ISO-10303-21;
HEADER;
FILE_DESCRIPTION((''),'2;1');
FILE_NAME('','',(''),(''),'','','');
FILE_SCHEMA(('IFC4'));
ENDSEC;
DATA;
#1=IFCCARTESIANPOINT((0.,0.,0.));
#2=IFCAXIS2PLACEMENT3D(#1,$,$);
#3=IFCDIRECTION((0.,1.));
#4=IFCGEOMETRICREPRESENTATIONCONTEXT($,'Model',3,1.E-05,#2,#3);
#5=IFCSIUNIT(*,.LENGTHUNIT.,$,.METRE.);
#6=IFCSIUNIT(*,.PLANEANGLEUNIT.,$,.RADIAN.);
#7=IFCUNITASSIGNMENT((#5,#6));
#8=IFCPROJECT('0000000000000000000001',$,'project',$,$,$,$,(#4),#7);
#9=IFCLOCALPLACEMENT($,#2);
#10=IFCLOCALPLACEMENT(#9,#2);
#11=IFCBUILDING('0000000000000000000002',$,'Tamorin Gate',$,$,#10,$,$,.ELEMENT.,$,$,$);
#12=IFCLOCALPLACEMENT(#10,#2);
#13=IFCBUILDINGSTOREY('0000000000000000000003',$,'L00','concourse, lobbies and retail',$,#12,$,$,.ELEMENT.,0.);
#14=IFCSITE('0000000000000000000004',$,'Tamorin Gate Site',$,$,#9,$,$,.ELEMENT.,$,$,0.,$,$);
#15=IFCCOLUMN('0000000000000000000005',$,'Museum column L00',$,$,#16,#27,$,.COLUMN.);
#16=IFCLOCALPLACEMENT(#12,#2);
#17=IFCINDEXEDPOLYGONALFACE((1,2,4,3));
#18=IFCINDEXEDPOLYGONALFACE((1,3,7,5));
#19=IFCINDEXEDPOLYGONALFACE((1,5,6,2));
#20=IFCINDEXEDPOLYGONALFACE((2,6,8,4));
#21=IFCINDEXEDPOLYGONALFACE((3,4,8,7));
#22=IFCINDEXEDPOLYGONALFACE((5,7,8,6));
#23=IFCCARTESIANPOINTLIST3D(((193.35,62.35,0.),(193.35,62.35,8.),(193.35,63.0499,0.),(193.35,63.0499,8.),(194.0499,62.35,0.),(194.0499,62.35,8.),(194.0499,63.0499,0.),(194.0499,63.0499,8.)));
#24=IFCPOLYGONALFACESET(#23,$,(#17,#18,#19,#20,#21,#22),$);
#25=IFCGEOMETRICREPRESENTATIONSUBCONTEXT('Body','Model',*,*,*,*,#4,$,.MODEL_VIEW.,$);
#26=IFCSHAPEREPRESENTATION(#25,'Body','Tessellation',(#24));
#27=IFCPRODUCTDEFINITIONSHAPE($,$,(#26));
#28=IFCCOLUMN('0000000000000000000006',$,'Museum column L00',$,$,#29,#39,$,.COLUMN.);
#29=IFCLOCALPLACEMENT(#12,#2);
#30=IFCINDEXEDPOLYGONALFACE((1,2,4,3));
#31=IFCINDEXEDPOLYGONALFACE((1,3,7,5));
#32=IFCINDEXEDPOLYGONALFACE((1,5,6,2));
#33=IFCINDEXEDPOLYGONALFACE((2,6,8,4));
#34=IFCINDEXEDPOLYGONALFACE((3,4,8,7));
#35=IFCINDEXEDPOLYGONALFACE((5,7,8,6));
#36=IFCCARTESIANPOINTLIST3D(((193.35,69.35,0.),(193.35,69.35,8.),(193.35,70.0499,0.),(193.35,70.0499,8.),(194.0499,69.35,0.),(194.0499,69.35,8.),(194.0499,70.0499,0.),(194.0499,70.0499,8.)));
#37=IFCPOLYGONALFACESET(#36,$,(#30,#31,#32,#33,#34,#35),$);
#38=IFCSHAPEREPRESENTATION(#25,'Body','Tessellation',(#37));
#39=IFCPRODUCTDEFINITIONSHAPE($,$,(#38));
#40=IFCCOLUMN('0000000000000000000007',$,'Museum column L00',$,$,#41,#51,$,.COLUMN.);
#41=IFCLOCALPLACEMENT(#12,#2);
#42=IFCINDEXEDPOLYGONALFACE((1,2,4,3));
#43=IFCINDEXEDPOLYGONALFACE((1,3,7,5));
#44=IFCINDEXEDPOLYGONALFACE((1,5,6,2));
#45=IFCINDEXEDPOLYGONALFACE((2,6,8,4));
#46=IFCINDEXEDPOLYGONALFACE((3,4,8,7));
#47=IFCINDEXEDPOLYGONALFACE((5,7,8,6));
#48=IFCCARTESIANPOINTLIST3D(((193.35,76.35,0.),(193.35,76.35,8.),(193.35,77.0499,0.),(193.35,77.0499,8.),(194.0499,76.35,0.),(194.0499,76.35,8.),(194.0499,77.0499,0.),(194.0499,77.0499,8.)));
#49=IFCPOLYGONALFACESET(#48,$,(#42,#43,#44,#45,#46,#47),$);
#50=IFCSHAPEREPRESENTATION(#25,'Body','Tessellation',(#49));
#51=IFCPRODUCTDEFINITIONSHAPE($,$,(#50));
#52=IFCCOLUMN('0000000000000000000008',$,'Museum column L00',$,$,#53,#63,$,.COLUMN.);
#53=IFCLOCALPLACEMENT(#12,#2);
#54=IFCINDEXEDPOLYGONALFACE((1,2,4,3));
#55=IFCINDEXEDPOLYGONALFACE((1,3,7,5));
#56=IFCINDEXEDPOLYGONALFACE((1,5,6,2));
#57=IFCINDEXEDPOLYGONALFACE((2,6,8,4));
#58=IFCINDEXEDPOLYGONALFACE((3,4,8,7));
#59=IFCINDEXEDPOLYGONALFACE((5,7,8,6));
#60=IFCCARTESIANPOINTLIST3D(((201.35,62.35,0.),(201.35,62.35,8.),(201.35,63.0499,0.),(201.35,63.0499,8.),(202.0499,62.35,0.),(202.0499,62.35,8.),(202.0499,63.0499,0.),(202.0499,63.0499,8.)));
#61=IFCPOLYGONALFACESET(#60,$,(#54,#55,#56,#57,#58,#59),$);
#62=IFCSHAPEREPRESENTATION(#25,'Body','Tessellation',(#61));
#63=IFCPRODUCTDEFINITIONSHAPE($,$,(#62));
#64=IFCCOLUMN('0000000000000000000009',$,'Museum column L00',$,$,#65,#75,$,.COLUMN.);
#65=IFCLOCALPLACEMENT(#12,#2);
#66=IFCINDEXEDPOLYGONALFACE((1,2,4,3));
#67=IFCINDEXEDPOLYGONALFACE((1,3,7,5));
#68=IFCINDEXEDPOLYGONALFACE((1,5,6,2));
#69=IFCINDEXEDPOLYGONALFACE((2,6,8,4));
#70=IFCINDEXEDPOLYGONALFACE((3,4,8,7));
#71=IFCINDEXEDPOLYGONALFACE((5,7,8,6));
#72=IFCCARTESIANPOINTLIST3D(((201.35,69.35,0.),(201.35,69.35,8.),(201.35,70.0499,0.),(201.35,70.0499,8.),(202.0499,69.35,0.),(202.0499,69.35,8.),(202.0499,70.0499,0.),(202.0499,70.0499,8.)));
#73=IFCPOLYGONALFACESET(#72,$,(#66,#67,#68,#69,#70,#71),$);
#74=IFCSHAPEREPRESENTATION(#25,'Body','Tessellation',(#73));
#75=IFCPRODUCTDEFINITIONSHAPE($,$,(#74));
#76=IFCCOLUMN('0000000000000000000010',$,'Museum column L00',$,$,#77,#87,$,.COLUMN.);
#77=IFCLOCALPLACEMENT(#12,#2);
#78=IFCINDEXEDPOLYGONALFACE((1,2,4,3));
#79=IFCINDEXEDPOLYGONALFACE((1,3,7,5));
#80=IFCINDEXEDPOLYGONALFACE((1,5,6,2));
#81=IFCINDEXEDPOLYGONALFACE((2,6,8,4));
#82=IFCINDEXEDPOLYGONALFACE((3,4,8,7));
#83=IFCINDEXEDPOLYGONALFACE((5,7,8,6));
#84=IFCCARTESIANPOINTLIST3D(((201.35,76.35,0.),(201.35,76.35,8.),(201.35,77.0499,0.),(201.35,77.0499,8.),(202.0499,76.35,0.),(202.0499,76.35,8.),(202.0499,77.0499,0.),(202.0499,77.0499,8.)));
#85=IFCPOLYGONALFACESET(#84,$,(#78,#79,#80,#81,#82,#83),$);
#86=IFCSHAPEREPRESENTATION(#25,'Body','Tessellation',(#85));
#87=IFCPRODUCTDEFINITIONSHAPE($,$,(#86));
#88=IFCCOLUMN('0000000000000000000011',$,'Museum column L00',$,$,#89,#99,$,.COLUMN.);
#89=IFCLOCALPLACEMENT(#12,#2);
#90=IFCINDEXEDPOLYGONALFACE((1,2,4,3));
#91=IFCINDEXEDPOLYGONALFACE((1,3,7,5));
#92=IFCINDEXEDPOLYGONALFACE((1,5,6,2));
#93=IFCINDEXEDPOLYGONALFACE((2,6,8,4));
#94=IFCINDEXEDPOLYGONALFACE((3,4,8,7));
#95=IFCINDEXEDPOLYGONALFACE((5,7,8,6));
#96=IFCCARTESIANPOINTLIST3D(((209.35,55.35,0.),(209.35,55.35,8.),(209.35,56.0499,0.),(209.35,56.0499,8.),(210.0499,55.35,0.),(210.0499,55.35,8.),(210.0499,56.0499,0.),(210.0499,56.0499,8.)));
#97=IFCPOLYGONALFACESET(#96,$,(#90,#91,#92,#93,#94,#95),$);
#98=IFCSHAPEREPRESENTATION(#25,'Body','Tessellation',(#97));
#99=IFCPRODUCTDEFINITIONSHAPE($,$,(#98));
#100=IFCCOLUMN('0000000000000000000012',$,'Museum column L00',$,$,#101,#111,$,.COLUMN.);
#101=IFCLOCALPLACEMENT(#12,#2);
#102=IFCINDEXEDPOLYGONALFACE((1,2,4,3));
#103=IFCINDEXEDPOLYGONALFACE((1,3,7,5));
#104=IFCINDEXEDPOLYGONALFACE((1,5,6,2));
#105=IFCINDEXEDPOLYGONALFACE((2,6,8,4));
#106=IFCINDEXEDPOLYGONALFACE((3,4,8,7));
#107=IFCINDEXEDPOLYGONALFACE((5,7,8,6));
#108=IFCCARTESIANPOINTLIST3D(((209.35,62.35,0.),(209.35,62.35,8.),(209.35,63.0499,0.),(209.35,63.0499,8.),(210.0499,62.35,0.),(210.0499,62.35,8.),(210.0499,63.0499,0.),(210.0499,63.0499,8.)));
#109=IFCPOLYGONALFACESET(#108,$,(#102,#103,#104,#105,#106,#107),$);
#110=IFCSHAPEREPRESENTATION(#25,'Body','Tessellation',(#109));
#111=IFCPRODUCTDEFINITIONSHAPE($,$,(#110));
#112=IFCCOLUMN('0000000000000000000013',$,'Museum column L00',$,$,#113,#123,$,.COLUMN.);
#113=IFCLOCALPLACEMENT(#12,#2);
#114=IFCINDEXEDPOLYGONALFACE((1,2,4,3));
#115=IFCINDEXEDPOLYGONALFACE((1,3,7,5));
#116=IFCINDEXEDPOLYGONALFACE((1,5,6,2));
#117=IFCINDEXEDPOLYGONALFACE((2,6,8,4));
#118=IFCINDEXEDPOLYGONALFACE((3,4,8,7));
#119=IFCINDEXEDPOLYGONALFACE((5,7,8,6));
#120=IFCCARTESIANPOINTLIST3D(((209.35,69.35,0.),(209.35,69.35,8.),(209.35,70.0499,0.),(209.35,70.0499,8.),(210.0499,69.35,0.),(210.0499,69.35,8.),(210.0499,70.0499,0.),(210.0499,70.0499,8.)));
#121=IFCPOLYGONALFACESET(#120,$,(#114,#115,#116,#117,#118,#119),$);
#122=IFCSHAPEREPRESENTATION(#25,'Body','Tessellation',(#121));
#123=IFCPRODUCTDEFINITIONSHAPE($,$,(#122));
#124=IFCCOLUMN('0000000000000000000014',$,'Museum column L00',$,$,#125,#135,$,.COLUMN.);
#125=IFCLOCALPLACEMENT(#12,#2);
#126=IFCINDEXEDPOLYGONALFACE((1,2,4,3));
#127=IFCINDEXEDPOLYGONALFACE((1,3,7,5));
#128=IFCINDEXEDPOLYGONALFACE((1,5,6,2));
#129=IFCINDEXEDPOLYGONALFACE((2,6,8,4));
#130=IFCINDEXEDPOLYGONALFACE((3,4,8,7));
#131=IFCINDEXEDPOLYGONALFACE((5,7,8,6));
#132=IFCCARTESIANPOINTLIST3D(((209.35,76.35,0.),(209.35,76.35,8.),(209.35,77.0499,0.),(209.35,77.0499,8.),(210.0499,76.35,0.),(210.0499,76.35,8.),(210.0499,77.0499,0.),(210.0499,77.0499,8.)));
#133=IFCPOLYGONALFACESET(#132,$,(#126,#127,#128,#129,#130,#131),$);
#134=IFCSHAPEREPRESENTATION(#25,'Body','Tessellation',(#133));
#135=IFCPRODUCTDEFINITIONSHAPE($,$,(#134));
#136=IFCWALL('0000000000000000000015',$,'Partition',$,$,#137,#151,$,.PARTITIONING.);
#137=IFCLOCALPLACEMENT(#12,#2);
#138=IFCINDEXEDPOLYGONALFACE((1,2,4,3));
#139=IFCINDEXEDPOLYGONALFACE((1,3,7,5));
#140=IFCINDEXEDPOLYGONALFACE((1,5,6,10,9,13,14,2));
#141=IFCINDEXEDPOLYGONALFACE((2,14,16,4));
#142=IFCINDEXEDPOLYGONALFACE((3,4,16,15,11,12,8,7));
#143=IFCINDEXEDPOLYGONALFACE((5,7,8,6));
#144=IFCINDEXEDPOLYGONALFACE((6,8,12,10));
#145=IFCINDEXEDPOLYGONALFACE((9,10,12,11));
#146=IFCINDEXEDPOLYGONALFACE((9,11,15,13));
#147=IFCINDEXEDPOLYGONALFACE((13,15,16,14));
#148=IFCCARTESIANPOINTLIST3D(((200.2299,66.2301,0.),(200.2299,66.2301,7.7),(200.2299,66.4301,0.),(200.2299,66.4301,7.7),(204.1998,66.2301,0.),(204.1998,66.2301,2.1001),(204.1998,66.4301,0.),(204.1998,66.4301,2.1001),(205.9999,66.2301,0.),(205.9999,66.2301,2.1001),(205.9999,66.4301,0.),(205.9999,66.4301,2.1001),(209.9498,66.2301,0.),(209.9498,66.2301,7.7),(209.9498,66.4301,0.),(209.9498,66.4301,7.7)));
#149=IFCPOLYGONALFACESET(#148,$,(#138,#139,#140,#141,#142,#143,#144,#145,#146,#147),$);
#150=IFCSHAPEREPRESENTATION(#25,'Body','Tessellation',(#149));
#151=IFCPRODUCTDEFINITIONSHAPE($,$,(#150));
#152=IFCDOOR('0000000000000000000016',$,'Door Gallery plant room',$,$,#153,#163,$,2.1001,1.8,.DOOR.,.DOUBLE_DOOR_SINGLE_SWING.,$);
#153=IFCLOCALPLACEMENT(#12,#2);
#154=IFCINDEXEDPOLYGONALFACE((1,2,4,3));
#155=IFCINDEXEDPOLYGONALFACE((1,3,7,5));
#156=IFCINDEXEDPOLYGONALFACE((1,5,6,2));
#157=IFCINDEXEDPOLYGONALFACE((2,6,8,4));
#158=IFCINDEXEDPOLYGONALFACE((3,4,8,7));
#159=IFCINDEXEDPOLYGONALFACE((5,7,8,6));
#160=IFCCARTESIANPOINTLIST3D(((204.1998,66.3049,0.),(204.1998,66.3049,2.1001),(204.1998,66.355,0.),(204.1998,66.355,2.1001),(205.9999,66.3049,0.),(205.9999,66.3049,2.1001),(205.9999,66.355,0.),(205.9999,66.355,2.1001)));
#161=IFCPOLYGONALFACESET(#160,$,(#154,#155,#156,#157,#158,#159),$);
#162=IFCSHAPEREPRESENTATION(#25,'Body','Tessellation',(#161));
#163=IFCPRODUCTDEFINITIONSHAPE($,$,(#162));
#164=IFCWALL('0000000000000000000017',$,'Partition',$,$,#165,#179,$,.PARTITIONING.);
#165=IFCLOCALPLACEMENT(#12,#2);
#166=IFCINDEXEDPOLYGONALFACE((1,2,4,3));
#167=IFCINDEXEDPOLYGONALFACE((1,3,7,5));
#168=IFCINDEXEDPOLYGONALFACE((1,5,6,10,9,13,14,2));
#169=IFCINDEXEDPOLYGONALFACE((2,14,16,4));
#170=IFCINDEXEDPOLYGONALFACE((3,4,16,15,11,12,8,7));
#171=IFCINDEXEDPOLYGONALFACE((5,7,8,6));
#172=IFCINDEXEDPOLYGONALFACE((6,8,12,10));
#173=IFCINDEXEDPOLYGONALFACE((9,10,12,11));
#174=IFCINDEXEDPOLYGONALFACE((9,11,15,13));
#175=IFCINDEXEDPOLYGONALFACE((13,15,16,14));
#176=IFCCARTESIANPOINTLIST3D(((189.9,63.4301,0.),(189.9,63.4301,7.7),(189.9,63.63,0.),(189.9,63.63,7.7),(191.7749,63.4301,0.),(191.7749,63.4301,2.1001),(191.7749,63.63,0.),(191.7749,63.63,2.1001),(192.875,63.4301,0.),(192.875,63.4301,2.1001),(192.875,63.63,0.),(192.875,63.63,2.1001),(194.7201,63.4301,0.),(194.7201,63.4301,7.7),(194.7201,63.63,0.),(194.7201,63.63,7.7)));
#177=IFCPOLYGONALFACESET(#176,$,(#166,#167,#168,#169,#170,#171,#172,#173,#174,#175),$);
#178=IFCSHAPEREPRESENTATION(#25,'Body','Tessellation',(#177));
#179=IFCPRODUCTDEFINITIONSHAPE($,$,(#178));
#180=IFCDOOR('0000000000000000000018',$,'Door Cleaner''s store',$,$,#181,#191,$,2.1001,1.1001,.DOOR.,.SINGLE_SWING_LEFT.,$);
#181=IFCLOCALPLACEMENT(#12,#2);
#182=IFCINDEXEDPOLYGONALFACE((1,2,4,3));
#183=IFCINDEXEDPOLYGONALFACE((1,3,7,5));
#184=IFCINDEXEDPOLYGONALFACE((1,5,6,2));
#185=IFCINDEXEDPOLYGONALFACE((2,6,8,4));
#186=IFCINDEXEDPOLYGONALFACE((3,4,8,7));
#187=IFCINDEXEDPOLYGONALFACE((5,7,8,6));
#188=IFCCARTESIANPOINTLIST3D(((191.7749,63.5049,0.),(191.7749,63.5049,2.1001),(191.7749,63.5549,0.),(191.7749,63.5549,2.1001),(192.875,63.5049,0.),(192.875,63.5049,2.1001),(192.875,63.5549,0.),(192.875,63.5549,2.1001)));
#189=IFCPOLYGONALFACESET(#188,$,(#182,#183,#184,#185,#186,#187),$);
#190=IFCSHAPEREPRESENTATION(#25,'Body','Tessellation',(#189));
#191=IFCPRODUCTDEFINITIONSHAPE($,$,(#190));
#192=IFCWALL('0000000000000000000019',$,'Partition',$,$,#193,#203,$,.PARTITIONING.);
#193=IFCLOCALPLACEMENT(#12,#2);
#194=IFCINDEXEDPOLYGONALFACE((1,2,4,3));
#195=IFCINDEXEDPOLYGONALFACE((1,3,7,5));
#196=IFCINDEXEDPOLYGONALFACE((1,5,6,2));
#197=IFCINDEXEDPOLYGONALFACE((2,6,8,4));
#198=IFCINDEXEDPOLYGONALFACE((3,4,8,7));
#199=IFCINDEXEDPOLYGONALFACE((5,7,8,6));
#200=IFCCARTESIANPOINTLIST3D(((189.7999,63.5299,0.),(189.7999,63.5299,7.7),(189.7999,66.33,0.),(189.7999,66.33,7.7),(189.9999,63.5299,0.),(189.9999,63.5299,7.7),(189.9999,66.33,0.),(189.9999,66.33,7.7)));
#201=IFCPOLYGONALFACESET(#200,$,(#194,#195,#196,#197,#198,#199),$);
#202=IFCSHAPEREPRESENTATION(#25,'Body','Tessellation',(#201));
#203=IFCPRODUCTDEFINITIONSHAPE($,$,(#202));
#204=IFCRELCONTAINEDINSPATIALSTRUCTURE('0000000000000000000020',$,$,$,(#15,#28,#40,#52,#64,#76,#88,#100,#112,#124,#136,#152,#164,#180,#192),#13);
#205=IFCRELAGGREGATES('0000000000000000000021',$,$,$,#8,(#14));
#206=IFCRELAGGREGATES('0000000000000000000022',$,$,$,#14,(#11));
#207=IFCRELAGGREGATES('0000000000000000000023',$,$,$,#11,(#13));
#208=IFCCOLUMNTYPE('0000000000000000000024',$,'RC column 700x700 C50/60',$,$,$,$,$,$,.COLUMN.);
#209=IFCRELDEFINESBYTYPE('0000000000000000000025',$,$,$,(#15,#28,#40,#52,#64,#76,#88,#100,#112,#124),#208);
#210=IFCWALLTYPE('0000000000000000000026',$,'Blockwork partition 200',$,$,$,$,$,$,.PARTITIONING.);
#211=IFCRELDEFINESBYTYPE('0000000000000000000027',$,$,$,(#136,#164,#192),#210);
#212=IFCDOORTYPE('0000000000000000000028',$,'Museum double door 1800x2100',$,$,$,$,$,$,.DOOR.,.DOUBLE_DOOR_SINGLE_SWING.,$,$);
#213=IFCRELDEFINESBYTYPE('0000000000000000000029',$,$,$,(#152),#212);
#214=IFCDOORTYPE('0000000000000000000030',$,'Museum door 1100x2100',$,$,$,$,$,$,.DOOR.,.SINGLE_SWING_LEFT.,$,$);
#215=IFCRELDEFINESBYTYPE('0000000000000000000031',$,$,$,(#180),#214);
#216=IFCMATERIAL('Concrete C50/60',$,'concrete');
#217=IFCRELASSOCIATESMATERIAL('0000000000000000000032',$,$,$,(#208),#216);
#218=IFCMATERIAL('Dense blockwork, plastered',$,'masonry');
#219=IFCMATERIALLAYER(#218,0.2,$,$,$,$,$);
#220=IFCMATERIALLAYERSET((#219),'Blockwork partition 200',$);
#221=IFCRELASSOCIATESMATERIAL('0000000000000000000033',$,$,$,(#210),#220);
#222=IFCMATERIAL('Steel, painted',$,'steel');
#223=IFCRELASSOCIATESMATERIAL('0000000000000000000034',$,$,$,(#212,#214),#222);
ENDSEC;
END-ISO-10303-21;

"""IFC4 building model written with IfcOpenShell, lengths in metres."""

from ifc_helpers import new_model, si_unit, direction, frame, frame_2d, origin, origin_2d, place, context, subcontext, project, spatial, rectangle, extrude, material, layer, layer_set, material_profile, profile_set, type_object, element, fill, save


model = new_model("IFC4")

# Units and contexts
model_context = context("Model", 3, precision=1e-05, world=origin(), true_north=direction((0.0, 1.0)))
body_context = subcontext(model_context, "Body", "Model", "MODEL_VIEW")
ifc_project = project(units=[si_unit("LENGTHUNIT", "METRE"), si_unit("PLANEANGLEUNIT", "RADIAN")], contexts=[model_context])

# Site, building, storey
site_placement = place(None, origin())
site = spatial("IfcSite", under=ifc_project, at=site_placement, Name="Tamorin Gate Site", CompositionType="ELEMENT", RefElevation=0.0)
building_placement = place(site_placement, origin())
building = spatial("IfcBuilding", under=site, at=building_placement, Name="Tamorin Gate", CompositionType="ELEMENT")
storey_placement = place(building_placement, origin())
storey = spatial("IfcBuildingStorey", under=building, at=storey_placement, Name="L00", Description="concourse, lobbies and retail", CompositionType="ELEMENT", Elevation=0.0)

# Columns
ifc_material_1 = material(Name="Concrete C50/60", Category="concrete")
ifc_material_profile = material_profile(ifc_material_1, rectangle(XDim=0.7, YDim=0.7, at=origin_2d()), Name="RC 700x700")
ifc_profile_set = profile_set([ifc_material_profile], Name="Concrete C50/60")
column_type = type_object("IfcColumnType", Name="RC column 700x700 C50/60", PredefinedType="COLUMN", material=ifc_profile_set)
for number, where, z_axis, x_axis, name in (
    (1, (193.7, 62.7, 0.0), (0.0, 0.0, 1.0), (1.0, 0.0, 0.0), "Museum column L00"),
    (2, (193.7, 69.7, 0.0), (0.0, 0.0, 1.0), (1.0, 0.0, 0.0), "Museum column L00"),
    (3, (193.7, 76.7, 0.0), (0.0, 0.0, 1.0), (1.0, 0.0, 0.0), "Museum column L00"),
    (4, (201.7, 62.7, 0.0), (0.0, 0.0, 1.0), (1.0, 0.0, 0.0), "Museum column L00"),
    (5, (201.7, 69.7, 0.0), (0.0, 0.0, 1.0), (1.0, 0.0, 0.0), "Museum column L00"),
    (6, (201.7, 76.7, 0.0), (0.0, 0.0, 1.0), (1.0, 0.0, 0.0), "Museum column L00"),
    (7, (209.7, 55.7, 0.0), (0.0, 0.0, 1.0), (1.0, 0.0, 0.0), "Museum column L00"),
    (8, (209.7, 62.7, 0.0), (0.0, 0.0, 1.0), (1.0, 0.0, 0.0), "Museum column L00"),
    (9, (209.7, 69.7, 0.0), (0.0, 0.0, 1.0), (1.0, 0.0, 0.0), "Museum column L00"),
    (10, (209.7, 76.7, 0.0), (0.0, 0.0, 1.0), (1.0, 0.0, 0.0), "Museum column L00"),
):
    element("IfcColumn", number, at=place(storey_placement, frame(where, z_axis=z_axis, x_axis=x_axis)), inside=storey, type_object=column_type, Name=name, PredefinedType="COLUMN", context=body_context, shape_type="SweptSolid", body=[
        extrude(rectangle(XDim=0.7, YDim=0.7, at=origin_2d()), origin(), (0.0, 0.0, 1.0), 8.0),
    ])

# Walls, openings, doors
ifc_material_2 = material(Name="Dense blockwork, plastered", Category="masonry")
ifc_layer_1 = layer(ifc_material_2, 0.2)
ifc_layer_set_1 = layer_set([ifc_layer_1], Name="Blockwork partition 200")
wall_type_1 = type_object("IfcWallType", Name="Blockwork partition 200", PredefinedType="PARTITIONING", material=ifc_layer_set_1)
wall_1_placement = place(storey_placement, frame((200.23, 66.3301, 0.0), z_axis=(0.0, 0.0, 1.0), x_axis=(1.0, 0.0, 0.0)))
wall_1 = element("IfcWall", 11, at=wall_1_placement, inside=storey, type_object=wall_type_1, Name="Partition", PredefinedType="PARTITIONING", context=body_context, shape_type="SweptSolid", body=[
    extrude(rectangle(XDim=9.72, YDim=0.2, at=frame_2d((4.8599, 0.0))), origin(), (0.0, 0.0, 1.0), 7.7),
])
opening_1_placement = place(wall_1_placement, frame((3.97, 0.0, 0.0)))
opening_1 = element("IfcOpeningElement", 12, at=opening_1_placement, cuts=wall_1, PredefinedType="OPENING", context=body_context, shape_type="SweptSolid", body=[
    extrude(rectangle(XDim=1.8, YDim=2.1001, at=frame_2d((0.8999, 1.05))), frame((0.0, 0.1099, 0.0), z_axis=(0.0, -1.0, 0.0), x_axis=(1.0, 0.0, 0.0)), (0.0, 0.0, 1.0), 0.22),
])
ifc_material_3 = material(Name="Steel, painted", Category="steel")
door_type_1 = type_object("IfcDoorType", Name="Museum double door 1800x2100", OperationType="DOUBLE_DOOR_SINGLE_SWING", PredefinedType="DOOR", material=ifc_material_3)
door_1_placement = place(opening_1_placement, origin())
door_1 = element("IfcDoor", 13, at=door_1_placement, inside=storey, type_object=door_type_1, Name="Door Gallery plant room", OperationType="DOUBLE_DOOR_SINGLE_SWING", OverallHeight=2.1001, OverallWidth=1.8, PredefinedType="DOOR", context=body_context, shape_type="SweptSolid", body=[
    extrude(rectangle(XDim=1.8, YDim=2.1001, at=frame_2d((0.8999, 1.05))), frame((0.0, 0.0249, 0.0), z_axis=(0.0, -1.0, 0.0), x_axis=(1.0, 0.0, 0.0)), (0.0, 0.0, 1.0), 0.05),
])
fill(opening_1, door_1)
wall_2_placement = place(storey_placement, frame((189.8999, 63.53, 0.0), z_axis=(0.0, 0.0, 1.0), x_axis=(1.0, 0.0, 0.0)))
wall_2 = element("IfcWall", 14, at=wall_2_placement, inside=storey, type_object=wall_type_1, Name="Partition", PredefinedType="PARTITIONING", context=body_context, shape_type="SweptSolid", body=[
    extrude(rectangle(XDim=4.8201, YDim=0.2, at=frame_2d((2.4102, 0.0))), origin(), (0.0, 0.0, 1.0), 7.7),
])
opening_2_placement = place(wall_2_placement, frame((1.875, 0.0, 0.0)))
opening_2 = element("IfcOpeningElement", 15, at=opening_2_placement, cuts=wall_2, PredefinedType="OPENING", context=body_context, shape_type="SweptSolid", body=[
    extrude(rectangle(XDim=1.1001, YDim=2.1001, at=frame_2d((0.55, 1.05))), frame((0.0, 0.1099, 0.0), z_axis=(0.0, -1.0, 0.0), x_axis=(1.0, 0.0, 0.0)), (0.0, 0.0, 1.0), 0.22),
])
door_type_2 = type_object("IfcDoorType", Name="Museum door 1100x2100", OperationType="SINGLE_SWING_LEFT", PredefinedType="DOOR", material=ifc_material_3)
door_2_placement = place(opening_2_placement, origin())
door_2 = element("IfcDoor", 16, at=door_2_placement, inside=storey, type_object=door_type_2, Name="Door Cleaner's store", OperationType="SINGLE_SWING_LEFT", OverallHeight=2.1001, OverallWidth=1.1001, PredefinedType="DOOR", context=body_context, shape_type="SweptSolid", body=[
    extrude(rectangle(XDim=1.1001, YDim=2.1001, at=frame_2d((0.55, 1.05))), frame((0.0, 0.0249, 0.0), z_axis=(0.0, -1.0, 0.0), x_axis=(1.0, 0.0, 0.0)), (0.0, 0.0, 1.0), 0.05),
])
fill(opening_2, door_2)

# Wall
wall_3_placement = place(storey_placement, frame((189.8999, 63.53, 0.0), z_axis=(0.0, 0.0, 1.0), x_axis=(0.0, 1.0, 0.0)))
element("IfcWall", 17, at=wall_3_placement, inside=storey, type_object=wall_type_1, Name="Partition", PredefinedType="PARTITIONING", context=body_context, shape_type="SweptSolid", body=[
    extrude(rectangle(XDim=2.8, YDim=0.2, at=frame_2d((1.3999, 0.0))), origin(), (0.0, 0.0, 1.0), 7.7),
])

save(model, "model.ifc")
